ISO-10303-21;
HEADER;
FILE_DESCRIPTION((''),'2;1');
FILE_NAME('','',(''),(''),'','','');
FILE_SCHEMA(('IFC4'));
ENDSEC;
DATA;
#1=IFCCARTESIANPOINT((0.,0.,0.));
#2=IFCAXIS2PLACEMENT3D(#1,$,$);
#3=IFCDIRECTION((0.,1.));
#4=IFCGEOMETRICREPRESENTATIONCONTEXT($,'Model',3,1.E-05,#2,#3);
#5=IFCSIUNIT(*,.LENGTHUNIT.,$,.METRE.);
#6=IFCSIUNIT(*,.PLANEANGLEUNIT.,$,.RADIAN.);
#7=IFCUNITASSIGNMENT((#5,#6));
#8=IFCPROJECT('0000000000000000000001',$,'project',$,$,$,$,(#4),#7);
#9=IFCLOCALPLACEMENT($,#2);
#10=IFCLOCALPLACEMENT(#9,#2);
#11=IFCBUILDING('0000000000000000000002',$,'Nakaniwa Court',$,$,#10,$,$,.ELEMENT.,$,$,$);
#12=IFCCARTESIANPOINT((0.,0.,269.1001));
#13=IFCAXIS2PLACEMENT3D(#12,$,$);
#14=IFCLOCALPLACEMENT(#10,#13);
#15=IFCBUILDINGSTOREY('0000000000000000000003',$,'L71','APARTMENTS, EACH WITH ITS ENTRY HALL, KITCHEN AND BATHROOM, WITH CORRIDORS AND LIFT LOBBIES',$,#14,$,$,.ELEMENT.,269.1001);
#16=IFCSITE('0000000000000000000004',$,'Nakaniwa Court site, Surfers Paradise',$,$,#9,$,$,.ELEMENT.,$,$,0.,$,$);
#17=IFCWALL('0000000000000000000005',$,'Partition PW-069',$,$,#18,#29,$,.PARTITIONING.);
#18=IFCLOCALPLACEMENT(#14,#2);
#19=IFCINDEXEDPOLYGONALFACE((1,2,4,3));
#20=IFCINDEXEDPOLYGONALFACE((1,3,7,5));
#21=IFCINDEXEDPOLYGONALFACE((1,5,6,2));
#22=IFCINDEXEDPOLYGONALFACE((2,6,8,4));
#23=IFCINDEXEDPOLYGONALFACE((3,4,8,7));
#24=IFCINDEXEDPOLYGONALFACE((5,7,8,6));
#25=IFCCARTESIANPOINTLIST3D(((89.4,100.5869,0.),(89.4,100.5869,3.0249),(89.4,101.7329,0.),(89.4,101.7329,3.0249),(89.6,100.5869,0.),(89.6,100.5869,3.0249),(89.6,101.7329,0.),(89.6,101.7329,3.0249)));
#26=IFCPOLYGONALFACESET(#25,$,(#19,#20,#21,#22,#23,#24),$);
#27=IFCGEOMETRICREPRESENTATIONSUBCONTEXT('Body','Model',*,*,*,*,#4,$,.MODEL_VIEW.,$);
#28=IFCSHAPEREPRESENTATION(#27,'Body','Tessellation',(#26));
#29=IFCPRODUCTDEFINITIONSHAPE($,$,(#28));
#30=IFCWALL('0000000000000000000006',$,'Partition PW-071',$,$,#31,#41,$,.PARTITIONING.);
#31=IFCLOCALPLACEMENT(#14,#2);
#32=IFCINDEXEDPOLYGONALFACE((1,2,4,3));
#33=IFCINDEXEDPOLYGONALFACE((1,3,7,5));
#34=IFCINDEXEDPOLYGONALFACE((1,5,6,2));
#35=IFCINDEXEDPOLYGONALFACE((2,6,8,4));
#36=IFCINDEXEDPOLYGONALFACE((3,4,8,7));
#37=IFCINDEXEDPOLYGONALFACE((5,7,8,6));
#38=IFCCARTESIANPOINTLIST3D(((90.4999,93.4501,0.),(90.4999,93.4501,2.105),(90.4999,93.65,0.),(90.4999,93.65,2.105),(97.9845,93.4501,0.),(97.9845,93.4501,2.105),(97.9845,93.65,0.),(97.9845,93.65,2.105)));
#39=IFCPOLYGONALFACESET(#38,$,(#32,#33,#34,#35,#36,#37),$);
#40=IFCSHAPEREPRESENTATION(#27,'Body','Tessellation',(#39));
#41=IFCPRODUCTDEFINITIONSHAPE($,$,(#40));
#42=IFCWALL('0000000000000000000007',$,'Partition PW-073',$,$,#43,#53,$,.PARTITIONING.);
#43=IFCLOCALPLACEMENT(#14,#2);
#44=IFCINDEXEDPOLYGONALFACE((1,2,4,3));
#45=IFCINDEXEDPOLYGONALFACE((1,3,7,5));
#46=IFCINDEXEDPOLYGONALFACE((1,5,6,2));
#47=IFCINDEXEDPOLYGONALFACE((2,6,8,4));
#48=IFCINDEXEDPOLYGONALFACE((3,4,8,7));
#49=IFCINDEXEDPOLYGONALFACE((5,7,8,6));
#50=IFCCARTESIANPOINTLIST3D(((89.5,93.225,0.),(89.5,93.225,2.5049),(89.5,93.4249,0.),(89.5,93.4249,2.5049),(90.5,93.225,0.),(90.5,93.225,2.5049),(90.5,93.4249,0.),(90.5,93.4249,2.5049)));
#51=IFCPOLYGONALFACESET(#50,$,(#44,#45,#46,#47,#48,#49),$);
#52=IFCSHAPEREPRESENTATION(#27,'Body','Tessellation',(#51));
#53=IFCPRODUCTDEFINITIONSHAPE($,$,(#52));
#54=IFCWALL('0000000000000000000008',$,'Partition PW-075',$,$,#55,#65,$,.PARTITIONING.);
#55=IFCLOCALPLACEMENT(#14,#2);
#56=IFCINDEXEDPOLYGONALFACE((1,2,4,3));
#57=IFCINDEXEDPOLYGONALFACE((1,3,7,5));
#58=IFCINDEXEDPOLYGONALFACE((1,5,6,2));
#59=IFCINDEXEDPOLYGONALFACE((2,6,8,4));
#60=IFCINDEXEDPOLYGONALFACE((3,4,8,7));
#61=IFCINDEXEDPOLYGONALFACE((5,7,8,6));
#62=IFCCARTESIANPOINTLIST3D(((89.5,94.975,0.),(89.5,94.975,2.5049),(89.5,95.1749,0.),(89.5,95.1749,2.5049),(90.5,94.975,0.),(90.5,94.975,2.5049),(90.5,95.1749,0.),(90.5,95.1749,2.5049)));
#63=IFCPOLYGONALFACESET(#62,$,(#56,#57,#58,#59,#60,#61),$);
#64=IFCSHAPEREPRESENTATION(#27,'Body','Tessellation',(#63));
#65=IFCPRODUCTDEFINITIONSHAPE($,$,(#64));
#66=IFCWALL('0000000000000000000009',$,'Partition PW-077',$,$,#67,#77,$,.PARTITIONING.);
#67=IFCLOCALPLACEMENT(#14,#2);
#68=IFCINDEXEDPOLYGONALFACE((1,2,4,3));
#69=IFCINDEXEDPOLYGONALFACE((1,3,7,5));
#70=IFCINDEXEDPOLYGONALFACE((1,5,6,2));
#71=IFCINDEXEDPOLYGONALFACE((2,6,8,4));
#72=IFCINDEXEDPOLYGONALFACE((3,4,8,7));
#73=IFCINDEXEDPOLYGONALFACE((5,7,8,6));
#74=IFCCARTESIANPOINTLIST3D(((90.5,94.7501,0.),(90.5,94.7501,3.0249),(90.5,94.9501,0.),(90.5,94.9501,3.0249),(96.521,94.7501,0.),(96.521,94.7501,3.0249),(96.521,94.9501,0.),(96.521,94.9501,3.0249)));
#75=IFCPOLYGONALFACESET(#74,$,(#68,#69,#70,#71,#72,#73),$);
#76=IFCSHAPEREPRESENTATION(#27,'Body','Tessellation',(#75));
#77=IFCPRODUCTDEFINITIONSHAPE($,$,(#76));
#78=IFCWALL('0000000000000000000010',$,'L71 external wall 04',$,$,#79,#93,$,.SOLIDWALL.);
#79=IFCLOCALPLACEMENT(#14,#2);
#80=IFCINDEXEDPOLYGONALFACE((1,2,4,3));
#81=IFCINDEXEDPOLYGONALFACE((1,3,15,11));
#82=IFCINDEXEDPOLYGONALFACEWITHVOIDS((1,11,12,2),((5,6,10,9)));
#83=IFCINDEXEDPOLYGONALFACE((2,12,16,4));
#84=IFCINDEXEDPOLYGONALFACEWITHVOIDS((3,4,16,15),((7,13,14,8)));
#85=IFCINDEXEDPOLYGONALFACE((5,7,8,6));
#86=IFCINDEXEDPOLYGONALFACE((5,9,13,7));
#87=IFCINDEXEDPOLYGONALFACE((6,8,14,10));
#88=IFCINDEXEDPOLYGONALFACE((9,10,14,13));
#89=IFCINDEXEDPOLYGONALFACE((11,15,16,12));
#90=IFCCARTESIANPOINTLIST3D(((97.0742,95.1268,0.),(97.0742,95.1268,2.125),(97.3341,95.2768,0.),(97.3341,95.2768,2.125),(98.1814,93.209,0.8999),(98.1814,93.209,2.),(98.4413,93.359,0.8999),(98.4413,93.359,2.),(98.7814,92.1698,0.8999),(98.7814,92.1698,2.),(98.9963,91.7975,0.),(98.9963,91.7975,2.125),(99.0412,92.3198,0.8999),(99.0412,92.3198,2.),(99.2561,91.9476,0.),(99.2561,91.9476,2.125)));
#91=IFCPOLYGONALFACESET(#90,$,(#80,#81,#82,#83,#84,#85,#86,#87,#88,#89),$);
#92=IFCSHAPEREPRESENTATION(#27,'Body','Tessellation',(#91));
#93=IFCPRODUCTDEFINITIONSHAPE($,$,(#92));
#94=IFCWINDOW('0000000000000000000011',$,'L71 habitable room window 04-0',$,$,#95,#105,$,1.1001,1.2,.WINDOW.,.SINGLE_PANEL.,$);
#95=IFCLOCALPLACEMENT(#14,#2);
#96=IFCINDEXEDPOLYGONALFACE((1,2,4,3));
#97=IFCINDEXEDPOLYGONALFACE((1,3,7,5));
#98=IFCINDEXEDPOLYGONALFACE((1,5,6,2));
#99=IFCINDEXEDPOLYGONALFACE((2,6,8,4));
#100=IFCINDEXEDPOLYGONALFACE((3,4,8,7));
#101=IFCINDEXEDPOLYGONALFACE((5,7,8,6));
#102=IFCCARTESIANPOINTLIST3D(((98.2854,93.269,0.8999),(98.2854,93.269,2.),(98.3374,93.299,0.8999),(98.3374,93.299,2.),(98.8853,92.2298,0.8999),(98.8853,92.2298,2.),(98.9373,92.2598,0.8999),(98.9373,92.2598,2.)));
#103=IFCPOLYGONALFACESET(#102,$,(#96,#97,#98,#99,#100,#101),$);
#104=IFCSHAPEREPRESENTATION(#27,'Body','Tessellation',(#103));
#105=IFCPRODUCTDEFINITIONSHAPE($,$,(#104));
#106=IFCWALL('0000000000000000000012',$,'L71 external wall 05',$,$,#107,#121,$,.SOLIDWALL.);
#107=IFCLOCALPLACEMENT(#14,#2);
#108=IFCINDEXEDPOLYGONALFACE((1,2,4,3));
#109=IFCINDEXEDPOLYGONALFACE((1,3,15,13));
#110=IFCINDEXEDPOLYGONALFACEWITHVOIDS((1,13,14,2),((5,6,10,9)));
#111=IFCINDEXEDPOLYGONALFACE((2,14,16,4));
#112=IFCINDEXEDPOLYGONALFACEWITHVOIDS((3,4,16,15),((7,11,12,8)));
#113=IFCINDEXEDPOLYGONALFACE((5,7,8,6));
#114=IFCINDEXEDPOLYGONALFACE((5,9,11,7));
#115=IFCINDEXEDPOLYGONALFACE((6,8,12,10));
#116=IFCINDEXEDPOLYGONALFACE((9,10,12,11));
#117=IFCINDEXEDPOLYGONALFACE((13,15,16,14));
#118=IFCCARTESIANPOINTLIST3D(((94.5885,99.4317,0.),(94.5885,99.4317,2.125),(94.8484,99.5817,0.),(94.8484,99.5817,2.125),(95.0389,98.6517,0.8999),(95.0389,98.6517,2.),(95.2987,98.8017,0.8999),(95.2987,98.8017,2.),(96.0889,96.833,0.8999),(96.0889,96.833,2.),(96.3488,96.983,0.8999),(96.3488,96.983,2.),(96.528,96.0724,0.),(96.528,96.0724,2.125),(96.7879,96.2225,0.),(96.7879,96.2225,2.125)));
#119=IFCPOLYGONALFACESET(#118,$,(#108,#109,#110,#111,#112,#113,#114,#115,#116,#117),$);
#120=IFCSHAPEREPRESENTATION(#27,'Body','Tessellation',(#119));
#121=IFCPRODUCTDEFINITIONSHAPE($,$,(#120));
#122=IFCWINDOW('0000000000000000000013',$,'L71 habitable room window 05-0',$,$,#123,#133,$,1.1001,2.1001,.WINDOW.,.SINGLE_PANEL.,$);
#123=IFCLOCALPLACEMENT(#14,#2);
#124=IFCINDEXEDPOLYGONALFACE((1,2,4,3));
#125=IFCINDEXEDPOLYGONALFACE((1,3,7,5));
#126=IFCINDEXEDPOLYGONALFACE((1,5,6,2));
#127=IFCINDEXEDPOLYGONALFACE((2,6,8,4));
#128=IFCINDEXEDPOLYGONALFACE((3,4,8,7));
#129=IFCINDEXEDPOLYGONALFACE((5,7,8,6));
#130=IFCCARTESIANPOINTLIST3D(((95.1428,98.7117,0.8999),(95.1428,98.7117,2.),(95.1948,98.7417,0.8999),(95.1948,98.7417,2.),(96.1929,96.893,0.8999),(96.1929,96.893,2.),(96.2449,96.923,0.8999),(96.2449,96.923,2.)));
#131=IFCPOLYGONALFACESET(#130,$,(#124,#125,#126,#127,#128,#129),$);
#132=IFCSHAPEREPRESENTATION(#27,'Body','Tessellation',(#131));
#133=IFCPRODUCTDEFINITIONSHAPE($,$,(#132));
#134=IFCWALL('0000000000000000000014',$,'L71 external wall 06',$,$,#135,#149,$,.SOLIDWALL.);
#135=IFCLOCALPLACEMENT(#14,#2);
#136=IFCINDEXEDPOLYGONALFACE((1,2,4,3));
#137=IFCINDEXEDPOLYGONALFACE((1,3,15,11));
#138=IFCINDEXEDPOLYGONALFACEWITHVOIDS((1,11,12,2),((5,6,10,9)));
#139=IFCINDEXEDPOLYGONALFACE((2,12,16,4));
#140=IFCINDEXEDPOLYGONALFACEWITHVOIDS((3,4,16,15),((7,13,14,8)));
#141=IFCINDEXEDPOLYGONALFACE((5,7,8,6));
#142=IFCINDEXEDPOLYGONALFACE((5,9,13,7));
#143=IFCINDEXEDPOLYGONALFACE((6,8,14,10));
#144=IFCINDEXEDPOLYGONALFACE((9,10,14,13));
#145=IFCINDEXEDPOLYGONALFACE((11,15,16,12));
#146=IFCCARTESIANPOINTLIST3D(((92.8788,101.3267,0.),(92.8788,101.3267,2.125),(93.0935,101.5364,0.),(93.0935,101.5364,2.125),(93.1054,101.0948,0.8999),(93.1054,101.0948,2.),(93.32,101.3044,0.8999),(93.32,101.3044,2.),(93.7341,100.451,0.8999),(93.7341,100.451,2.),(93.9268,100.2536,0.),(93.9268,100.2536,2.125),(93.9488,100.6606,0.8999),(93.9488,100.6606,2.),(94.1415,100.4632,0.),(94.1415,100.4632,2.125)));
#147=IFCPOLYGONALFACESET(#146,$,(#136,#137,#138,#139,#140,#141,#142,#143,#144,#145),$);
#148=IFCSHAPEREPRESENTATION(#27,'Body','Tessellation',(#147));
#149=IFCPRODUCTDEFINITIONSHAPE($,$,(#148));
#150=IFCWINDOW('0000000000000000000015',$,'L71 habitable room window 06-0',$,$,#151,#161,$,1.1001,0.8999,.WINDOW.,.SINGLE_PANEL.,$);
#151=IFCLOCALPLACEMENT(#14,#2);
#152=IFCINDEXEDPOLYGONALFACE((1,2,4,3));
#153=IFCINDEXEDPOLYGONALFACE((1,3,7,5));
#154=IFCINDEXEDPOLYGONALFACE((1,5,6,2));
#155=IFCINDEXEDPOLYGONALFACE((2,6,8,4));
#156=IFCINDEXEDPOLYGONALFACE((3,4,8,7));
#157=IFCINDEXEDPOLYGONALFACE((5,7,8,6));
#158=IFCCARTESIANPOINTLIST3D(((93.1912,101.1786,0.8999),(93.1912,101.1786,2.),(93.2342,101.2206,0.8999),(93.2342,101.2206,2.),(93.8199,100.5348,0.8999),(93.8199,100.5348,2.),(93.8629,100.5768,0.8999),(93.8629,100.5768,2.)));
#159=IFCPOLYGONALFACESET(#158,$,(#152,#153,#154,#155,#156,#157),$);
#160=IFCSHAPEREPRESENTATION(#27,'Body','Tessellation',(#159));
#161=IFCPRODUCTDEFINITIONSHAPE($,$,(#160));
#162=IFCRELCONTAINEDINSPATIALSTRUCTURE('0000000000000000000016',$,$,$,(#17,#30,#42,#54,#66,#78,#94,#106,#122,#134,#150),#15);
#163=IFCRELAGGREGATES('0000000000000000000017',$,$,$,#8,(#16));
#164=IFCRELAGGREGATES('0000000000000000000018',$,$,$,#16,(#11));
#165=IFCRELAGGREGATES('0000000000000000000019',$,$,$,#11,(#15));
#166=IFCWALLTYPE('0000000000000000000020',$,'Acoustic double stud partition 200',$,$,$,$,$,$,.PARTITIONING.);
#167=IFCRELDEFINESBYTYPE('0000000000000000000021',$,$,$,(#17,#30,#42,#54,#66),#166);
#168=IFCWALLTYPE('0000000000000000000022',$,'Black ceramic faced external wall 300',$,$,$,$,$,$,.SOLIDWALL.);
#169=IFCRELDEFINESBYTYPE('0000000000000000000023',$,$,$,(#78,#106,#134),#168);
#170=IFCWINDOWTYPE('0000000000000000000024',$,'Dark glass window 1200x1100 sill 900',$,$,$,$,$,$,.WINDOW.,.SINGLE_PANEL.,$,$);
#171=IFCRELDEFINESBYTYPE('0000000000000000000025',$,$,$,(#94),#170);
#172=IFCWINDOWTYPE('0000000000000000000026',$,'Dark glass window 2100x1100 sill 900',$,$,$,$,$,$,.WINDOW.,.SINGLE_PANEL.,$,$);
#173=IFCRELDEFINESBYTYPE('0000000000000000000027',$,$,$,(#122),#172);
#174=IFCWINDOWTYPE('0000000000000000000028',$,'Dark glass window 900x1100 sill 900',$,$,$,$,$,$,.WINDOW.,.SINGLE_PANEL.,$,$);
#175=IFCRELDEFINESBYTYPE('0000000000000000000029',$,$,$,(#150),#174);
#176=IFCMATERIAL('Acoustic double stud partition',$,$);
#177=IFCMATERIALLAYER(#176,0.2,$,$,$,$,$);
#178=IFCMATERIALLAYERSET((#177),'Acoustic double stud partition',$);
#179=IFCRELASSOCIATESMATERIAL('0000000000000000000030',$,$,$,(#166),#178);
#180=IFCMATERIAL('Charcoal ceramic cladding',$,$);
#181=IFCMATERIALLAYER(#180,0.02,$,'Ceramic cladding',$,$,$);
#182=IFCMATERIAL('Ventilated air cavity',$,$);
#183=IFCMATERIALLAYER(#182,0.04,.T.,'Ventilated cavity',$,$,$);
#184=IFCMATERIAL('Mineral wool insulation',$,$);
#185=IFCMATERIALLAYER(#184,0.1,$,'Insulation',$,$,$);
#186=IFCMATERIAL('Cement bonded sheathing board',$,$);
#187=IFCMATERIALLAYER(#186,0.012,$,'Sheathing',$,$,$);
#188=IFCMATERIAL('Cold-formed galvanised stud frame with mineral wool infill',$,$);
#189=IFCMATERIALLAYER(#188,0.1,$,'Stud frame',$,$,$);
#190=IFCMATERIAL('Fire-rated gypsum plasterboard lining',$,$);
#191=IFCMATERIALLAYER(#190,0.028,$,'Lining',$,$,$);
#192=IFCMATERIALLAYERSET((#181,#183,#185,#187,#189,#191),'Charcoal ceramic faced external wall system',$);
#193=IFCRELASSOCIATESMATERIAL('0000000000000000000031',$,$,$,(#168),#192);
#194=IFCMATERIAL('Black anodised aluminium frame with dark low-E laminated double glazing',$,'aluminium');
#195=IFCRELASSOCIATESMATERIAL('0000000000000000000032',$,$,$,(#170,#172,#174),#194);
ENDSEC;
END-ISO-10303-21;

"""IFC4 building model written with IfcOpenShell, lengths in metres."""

from ifc_helpers import new_model, si_unit, direction, frame, frame_2d, origin, place, context, subcontext, project, spatial, rectangle, extrude, material, layer, layer_set, type_object, element, fill, save


model = new_model("IFC4")

# Units and contexts
model_context = context("Model", 3, precision=1e-05, world=origin(), true_north=direction((0.0, 1.0)))
body_context = subcontext(model_context, "Body", "Model", "MODEL_VIEW")
ifc_project = project(units=[si_unit("LENGTHUNIT", "METRE"), si_unit("PLANEANGLEUNIT", "RADIAN")], contexts=[model_context])

# Site, building, storey
site_placement = place(None, origin())
site = spatial("IfcSite", under=ifc_project, at=site_placement, Name="Nakaniwa Court site, Surfers Paradise", CompositionType="ELEMENT", RefElevation=0.0)
building_placement = place(site_placement, origin())
building = spatial("IfcBuilding", under=site, at=building_placement, Name="Nakaniwa Court", CompositionType="ELEMENT")
storey_placement = place(building_placement, frame((0.0, 0.0, 269.1001)))
storey = spatial("IfcBuildingStorey", under=building, at=storey_placement, Name="L71", Description="APARTMENTS, EACH WITH ITS ENTRY HALL, KITCHEN AND BATHROOM, WITH CORRIDORS AND LIFT LOBBIES", CompositionType="ELEMENT", Elevation=269.1001)

# Shared definitions
ifc_material_1 = material(Name="Acoustic double stud partition")
ifc_layer_1 = layer(ifc_material_1, 0.2)
ifc_layer_set_1 = layer_set([ifc_layer_1], Name="Acoustic double stud partition")
wall_type_1 = type_object("IfcWallType", Name="Acoustic double stud partition 200", PredefinedType="PARTITIONING", material=ifc_layer_set_1)

# Walls
wall_1_placement = place(storey_placement, frame((89.5, 100.5869, 0.0), z_axis=(0.0, 0.0, 1.0), x_axis=(0.0, 1.0, 0.0)))
element("IfcWall", 1, at=wall_1_placement, inside=storey, type_object=wall_type_1, Name="Partition PW-069", PredefinedType="PARTITIONING", context=body_context, shape_type="SweptSolid", body=[
    extrude(rectangle(XDim=1.146, YDim=0.2, at=frame_2d((0.573, 0.0))), origin(), (0.0, 0.0, 1.0), 3.0249),
])
wall_2_placement = place(storey_placement, frame((90.5, 93.55, 0.0), z_axis=(0.0, 0.0, 1.0), x_axis=(1.0, 0.0, 0.0)))
element("IfcWall", 2, at=wall_2_placement, inside=storey, type_object=wall_type_1, Name="Partition PW-071", PredefinedType="PARTITIONING", context=body_context, shape_type="SweptSolid", body=[
    extrude(rectangle(XDim=7.4846, YDim=0.2, at=frame_2d((3.7422, 0.0))), origin(), (0.0, 0.0, 1.0), 2.105),
])
for number, where, z_axis, x_axis, name in (
    (3, (89.5, 93.325, 0.0), (0.0, 0.0, 1.0), (1.0, 0.0, 0.0), "Partition PW-073"),
    (4, (89.5, 95.075, 0.0), (0.0, 0.0, 1.0), (1.0, 0.0, 0.0), "Partition PW-075"),
):
    element("IfcWall", number, at=place(storey_placement, frame(where, z_axis=z_axis, x_axis=x_axis)), inside=storey, type_object=wall_type_1, Name=name, PredefinedType="PARTITIONING", context=body_context, shape_type="SweptSolid", body=[
        extrude(rectangle(XDim=1.0, YDim=0.2, at=frame_2d((0.5, 0.0))), origin(), (0.0, 0.0, 1.0), 2.5049),
    ])
wall_3_placement = place(storey_placement, frame((90.5, 94.8501, 0.0), z_axis=(0.0, 0.0, 1.0), x_axis=(1.0, 0.0, 0.0)))
element("IfcWall", 5, at=wall_3_placement, inside=storey, type_object=wall_type_1, Name="Partition PW-077", PredefinedType="PARTITIONING", context=body_context, shape_type="SweptSolid", body=[
    extrude(rectangle(XDim=6.021, YDim=0.2, at=frame_2d((3.0105, 0.0))), origin(), (0.0, 0.0, 1.0), 3.0249),
])

# Walls, openings, windows
ifc_material_2 = material(Name="Charcoal ceramic cladding")
ifc_layer_2 = layer(ifc_material_2, 0.02, Name="Ceramic cladding")
ifc_material_3 = material(Name="Ventilated air cavity")
ifc_layer_3 = layer(ifc_material_3, 0.04, ventilated=True, Name="Ventilated cavity")
ifc_material_4 = material(Name="Mineral wool insulation")
ifc_layer_4 = layer(ifc_material_4, 0.1, Name="Insulation")
ifc_material_5 = material(Name="Cement bonded sheathing board")
ifc_layer_5 = layer(ifc_material_5, 0.012, Name="Sheathing")
ifc_material_6 = material(Name="Cold-formed galvanised stud frame with mineral wool infill")
ifc_layer_6 = layer(ifc_material_6, 0.1, Name="Stud frame")
ifc_material_7 = material(Name="Fire-rated gypsum plasterboard lining")
ifc_layer_7 = layer(ifc_material_7, 0.028, Name="Lining")
ifc_layer_set_2 = layer_set([ifc_layer_2, ifc_layer_3, ifc_layer_4, ifc_layer_5, ifc_layer_6, ifc_layer_7], Name="Charcoal ceramic faced external wall system")
wall_type_2 = type_object("IfcWallType", Name="Black ceramic faced external wall 300", PredefinedType="SOLIDWALL", material=ifc_layer_set_2)
wall_4_placement = place(storey_placement, frame((99.1262, 91.8726, 0.0), z_axis=(0.0, 0.0, 1.0), x_axis=(-0.499984, 0.866034, 0.0)))
wall_4 = element("IfcWall", 6, at=wall_4_placement, inside=storey, type_object=wall_type_2, Name="L71 external wall 04", PredefinedType="SOLIDWALL", context=body_context, shape_type="SweptSolid", body=[
    extrude(rectangle(XDim=3.8442, YDim=0.3, at=frame_2d((1.9221, 0.0))), origin(), (0.0, 0.0, 1.0), 2.125),
])
opening_1_placement = place(wall_4_placement, frame((0.4297, 0.0, 0.8999)))
opening_1 = element("IfcOpeningElement", 7, at=opening_1_placement, cuts=wall_4, PredefinedType="OPENING", context=body_context, shape_type="SweptSolid", body=[
    extrude(rectangle(XDim=1.2, YDim=1.1001, at=frame_2d((0.6001, 0.55))), frame((0.0, 0.1599, 0.0), z_axis=(0.0, -1.0, 0.0), x_axis=(1.0, 0.0, 0.0)), (0.0, 0.0, 1.0), 0.3201),
])
ifc_material_8 = material(Name="Black anodised aluminium frame with dark low-E laminated double glazing", Category="aluminium")
window_type_1 = type_object("IfcWindowType", Name="Dark glass window 1200x1100 sill 900", PartitioningType="SINGLE_PANEL", PredefinedType="WINDOW", material=ifc_material_8)
window_1_placement = place(opening_1_placement, origin())
window_1 = element("IfcWindow", 8, at=window_1_placement, inside=storey, type_object=window_type_1, Name="L71 habitable room window 04-0", OverallHeight=1.1001, OverallWidth=1.2, PartitioningType="SINGLE_PANEL", PredefinedType="WINDOW", context=body_context, shape_type="SweptSolid", body=[
    extrude(rectangle(XDim=1.2, YDim=1.1001, at=frame_2d((0.6001, 0.55))), frame((0.0, 0.03, 0.0), z_axis=(0.0, -1.0, 0.0), x_axis=(1.0, 0.0, 0.0)), (0.0, 0.0, 1.0), 0.0601),
])
fill(opening_1, window_1)
wall_5_placement = place(storey_placement, frame((96.658, 96.1475, 0.0), z_axis=(0.0, 0.0, 1.0), x_axis=(-0.500011, 0.866019, 0.0)))
wall_5 = element("IfcWall", 9, at=wall_5_placement, inside=storey, type_object=wall_type_2, Name="L71 external wall 05", PredefinedType="SOLIDWALL", context=body_context, shape_type="SweptSolid", body=[
    extrude(rectangle(XDim=3.8789, YDim=0.3, at=frame_2d((1.9395, 0.0))), origin(), (0.0, 0.0, 1.0), 2.125),
])
opening_2_placement = place(wall_5_placement, frame((0.8782, 0.0, 0.8999)))
opening_2 = element("IfcOpeningElement", 10, at=opening_2_placement, cuts=wall_5, PredefinedType="OPENING", context=body_context, shape_type="SweptSolid", body=[
    extrude(rectangle(XDim=2.1001, YDim=1.1001, at=frame_2d((1.05, 0.55))), frame((0.0, 0.1599, 0.0), z_axis=(0.0, -1.0, 0.0), x_axis=(1.0, 0.0, 0.0)), (0.0, 0.0, 1.0), 0.3201),
])
window_type_2 = type_object("IfcWindowType", Name="Dark glass window 2100x1100 sill 900", PartitioningType="SINGLE_PANEL", PredefinedType="WINDOW", material=ifc_material_8)
window_2_placement = place(opening_2_placement, origin())
window_2 = element("IfcWindow", 11, at=window_2_placement, inside=storey, type_object=window_type_2, Name="L71 habitable room window 05-0", OverallHeight=1.1001, OverallWidth=2.1001, PartitioningType="SINGLE_PANEL", PredefinedType="WINDOW", context=body_context, shape_type="SweptSolid", body=[
    extrude(rectangle(XDim=2.1001, YDim=1.1001, at=frame_2d((1.05, 0.55))), frame((0.0, 0.03, 0.0), z_axis=(0.0, -1.0, 0.0), x_axis=(1.0, 0.0, 0.0)), (0.0, 0.0, 1.0), 0.0601),
])
fill(opening_2, window_2)
wall_6_placement = place(storey_placement, frame((94.0342, 100.3584, 0.0), z_axis=(0.0, 0.0, 1.0), x_axis=(-0.698676, 0.715439, 0.0)))
wall_6 = element("IfcWall", 12, at=wall_6_placement, inside=storey, type_object=wall_type_2, Name="L71 external wall 06", PredefinedType="SOLIDWALL", context=body_context, shape_type="SweptSolid", body=[
    extrude(rectangle(XDim=1.5, YDim=0.3, at=frame_2d((0.75, 0.0))), origin(), (0.0, 0.0, 1.0), 2.125),
])
opening_3_placement = place(wall_6_placement, frame((0.2759, 0.0, 0.8999)))
opening_3 = element("IfcOpeningElement", 13, at=opening_3_placement, cuts=wall_6, PredefinedType="OPENING", context=body_context, shape_type="SweptSolid", body=[
    extrude(rectangle(XDim=0.8999, YDim=1.1001, at=frame_2d((0.45, 0.55))), frame((0.0, 0.1599, 0.0), z_axis=(0.0, -1.0, 0.0), x_axis=(1.0, 0.0, 0.0)), (0.0, 0.0, 1.0), 0.3201),
])
window_type_3 = type_object("IfcWindowType", Name="Dark glass window 900x1100 sill 900", PartitioningType="SINGLE_PANEL", PredefinedType="WINDOW", material=ifc_material_8)
window_3_placement = place(opening_3_placement, origin())
window_3 = element("IfcWindow", 14, at=window_3_placement, inside=storey, type_object=window_type_3, Name="L71 habitable room window 06-0", OverallHeight=1.1001, OverallWidth=0.8999, PartitioningType="SINGLE_PANEL", PredefinedType="WINDOW", context=body_context, shape_type="SweptSolid", body=[
    extrude(rectangle(XDim=0.8999, YDim=1.1001, at=frame_2d((0.45, 0.55))), frame((0.0, 0.03, 0.0), z_axis=(0.0, -1.0, 0.0), x_axis=(1.0, 0.0, 0.0)), (0.0, 0.0, 1.0), 0.0601),
])
fill(opening_3, window_3)

save(model, "model.ifc")
